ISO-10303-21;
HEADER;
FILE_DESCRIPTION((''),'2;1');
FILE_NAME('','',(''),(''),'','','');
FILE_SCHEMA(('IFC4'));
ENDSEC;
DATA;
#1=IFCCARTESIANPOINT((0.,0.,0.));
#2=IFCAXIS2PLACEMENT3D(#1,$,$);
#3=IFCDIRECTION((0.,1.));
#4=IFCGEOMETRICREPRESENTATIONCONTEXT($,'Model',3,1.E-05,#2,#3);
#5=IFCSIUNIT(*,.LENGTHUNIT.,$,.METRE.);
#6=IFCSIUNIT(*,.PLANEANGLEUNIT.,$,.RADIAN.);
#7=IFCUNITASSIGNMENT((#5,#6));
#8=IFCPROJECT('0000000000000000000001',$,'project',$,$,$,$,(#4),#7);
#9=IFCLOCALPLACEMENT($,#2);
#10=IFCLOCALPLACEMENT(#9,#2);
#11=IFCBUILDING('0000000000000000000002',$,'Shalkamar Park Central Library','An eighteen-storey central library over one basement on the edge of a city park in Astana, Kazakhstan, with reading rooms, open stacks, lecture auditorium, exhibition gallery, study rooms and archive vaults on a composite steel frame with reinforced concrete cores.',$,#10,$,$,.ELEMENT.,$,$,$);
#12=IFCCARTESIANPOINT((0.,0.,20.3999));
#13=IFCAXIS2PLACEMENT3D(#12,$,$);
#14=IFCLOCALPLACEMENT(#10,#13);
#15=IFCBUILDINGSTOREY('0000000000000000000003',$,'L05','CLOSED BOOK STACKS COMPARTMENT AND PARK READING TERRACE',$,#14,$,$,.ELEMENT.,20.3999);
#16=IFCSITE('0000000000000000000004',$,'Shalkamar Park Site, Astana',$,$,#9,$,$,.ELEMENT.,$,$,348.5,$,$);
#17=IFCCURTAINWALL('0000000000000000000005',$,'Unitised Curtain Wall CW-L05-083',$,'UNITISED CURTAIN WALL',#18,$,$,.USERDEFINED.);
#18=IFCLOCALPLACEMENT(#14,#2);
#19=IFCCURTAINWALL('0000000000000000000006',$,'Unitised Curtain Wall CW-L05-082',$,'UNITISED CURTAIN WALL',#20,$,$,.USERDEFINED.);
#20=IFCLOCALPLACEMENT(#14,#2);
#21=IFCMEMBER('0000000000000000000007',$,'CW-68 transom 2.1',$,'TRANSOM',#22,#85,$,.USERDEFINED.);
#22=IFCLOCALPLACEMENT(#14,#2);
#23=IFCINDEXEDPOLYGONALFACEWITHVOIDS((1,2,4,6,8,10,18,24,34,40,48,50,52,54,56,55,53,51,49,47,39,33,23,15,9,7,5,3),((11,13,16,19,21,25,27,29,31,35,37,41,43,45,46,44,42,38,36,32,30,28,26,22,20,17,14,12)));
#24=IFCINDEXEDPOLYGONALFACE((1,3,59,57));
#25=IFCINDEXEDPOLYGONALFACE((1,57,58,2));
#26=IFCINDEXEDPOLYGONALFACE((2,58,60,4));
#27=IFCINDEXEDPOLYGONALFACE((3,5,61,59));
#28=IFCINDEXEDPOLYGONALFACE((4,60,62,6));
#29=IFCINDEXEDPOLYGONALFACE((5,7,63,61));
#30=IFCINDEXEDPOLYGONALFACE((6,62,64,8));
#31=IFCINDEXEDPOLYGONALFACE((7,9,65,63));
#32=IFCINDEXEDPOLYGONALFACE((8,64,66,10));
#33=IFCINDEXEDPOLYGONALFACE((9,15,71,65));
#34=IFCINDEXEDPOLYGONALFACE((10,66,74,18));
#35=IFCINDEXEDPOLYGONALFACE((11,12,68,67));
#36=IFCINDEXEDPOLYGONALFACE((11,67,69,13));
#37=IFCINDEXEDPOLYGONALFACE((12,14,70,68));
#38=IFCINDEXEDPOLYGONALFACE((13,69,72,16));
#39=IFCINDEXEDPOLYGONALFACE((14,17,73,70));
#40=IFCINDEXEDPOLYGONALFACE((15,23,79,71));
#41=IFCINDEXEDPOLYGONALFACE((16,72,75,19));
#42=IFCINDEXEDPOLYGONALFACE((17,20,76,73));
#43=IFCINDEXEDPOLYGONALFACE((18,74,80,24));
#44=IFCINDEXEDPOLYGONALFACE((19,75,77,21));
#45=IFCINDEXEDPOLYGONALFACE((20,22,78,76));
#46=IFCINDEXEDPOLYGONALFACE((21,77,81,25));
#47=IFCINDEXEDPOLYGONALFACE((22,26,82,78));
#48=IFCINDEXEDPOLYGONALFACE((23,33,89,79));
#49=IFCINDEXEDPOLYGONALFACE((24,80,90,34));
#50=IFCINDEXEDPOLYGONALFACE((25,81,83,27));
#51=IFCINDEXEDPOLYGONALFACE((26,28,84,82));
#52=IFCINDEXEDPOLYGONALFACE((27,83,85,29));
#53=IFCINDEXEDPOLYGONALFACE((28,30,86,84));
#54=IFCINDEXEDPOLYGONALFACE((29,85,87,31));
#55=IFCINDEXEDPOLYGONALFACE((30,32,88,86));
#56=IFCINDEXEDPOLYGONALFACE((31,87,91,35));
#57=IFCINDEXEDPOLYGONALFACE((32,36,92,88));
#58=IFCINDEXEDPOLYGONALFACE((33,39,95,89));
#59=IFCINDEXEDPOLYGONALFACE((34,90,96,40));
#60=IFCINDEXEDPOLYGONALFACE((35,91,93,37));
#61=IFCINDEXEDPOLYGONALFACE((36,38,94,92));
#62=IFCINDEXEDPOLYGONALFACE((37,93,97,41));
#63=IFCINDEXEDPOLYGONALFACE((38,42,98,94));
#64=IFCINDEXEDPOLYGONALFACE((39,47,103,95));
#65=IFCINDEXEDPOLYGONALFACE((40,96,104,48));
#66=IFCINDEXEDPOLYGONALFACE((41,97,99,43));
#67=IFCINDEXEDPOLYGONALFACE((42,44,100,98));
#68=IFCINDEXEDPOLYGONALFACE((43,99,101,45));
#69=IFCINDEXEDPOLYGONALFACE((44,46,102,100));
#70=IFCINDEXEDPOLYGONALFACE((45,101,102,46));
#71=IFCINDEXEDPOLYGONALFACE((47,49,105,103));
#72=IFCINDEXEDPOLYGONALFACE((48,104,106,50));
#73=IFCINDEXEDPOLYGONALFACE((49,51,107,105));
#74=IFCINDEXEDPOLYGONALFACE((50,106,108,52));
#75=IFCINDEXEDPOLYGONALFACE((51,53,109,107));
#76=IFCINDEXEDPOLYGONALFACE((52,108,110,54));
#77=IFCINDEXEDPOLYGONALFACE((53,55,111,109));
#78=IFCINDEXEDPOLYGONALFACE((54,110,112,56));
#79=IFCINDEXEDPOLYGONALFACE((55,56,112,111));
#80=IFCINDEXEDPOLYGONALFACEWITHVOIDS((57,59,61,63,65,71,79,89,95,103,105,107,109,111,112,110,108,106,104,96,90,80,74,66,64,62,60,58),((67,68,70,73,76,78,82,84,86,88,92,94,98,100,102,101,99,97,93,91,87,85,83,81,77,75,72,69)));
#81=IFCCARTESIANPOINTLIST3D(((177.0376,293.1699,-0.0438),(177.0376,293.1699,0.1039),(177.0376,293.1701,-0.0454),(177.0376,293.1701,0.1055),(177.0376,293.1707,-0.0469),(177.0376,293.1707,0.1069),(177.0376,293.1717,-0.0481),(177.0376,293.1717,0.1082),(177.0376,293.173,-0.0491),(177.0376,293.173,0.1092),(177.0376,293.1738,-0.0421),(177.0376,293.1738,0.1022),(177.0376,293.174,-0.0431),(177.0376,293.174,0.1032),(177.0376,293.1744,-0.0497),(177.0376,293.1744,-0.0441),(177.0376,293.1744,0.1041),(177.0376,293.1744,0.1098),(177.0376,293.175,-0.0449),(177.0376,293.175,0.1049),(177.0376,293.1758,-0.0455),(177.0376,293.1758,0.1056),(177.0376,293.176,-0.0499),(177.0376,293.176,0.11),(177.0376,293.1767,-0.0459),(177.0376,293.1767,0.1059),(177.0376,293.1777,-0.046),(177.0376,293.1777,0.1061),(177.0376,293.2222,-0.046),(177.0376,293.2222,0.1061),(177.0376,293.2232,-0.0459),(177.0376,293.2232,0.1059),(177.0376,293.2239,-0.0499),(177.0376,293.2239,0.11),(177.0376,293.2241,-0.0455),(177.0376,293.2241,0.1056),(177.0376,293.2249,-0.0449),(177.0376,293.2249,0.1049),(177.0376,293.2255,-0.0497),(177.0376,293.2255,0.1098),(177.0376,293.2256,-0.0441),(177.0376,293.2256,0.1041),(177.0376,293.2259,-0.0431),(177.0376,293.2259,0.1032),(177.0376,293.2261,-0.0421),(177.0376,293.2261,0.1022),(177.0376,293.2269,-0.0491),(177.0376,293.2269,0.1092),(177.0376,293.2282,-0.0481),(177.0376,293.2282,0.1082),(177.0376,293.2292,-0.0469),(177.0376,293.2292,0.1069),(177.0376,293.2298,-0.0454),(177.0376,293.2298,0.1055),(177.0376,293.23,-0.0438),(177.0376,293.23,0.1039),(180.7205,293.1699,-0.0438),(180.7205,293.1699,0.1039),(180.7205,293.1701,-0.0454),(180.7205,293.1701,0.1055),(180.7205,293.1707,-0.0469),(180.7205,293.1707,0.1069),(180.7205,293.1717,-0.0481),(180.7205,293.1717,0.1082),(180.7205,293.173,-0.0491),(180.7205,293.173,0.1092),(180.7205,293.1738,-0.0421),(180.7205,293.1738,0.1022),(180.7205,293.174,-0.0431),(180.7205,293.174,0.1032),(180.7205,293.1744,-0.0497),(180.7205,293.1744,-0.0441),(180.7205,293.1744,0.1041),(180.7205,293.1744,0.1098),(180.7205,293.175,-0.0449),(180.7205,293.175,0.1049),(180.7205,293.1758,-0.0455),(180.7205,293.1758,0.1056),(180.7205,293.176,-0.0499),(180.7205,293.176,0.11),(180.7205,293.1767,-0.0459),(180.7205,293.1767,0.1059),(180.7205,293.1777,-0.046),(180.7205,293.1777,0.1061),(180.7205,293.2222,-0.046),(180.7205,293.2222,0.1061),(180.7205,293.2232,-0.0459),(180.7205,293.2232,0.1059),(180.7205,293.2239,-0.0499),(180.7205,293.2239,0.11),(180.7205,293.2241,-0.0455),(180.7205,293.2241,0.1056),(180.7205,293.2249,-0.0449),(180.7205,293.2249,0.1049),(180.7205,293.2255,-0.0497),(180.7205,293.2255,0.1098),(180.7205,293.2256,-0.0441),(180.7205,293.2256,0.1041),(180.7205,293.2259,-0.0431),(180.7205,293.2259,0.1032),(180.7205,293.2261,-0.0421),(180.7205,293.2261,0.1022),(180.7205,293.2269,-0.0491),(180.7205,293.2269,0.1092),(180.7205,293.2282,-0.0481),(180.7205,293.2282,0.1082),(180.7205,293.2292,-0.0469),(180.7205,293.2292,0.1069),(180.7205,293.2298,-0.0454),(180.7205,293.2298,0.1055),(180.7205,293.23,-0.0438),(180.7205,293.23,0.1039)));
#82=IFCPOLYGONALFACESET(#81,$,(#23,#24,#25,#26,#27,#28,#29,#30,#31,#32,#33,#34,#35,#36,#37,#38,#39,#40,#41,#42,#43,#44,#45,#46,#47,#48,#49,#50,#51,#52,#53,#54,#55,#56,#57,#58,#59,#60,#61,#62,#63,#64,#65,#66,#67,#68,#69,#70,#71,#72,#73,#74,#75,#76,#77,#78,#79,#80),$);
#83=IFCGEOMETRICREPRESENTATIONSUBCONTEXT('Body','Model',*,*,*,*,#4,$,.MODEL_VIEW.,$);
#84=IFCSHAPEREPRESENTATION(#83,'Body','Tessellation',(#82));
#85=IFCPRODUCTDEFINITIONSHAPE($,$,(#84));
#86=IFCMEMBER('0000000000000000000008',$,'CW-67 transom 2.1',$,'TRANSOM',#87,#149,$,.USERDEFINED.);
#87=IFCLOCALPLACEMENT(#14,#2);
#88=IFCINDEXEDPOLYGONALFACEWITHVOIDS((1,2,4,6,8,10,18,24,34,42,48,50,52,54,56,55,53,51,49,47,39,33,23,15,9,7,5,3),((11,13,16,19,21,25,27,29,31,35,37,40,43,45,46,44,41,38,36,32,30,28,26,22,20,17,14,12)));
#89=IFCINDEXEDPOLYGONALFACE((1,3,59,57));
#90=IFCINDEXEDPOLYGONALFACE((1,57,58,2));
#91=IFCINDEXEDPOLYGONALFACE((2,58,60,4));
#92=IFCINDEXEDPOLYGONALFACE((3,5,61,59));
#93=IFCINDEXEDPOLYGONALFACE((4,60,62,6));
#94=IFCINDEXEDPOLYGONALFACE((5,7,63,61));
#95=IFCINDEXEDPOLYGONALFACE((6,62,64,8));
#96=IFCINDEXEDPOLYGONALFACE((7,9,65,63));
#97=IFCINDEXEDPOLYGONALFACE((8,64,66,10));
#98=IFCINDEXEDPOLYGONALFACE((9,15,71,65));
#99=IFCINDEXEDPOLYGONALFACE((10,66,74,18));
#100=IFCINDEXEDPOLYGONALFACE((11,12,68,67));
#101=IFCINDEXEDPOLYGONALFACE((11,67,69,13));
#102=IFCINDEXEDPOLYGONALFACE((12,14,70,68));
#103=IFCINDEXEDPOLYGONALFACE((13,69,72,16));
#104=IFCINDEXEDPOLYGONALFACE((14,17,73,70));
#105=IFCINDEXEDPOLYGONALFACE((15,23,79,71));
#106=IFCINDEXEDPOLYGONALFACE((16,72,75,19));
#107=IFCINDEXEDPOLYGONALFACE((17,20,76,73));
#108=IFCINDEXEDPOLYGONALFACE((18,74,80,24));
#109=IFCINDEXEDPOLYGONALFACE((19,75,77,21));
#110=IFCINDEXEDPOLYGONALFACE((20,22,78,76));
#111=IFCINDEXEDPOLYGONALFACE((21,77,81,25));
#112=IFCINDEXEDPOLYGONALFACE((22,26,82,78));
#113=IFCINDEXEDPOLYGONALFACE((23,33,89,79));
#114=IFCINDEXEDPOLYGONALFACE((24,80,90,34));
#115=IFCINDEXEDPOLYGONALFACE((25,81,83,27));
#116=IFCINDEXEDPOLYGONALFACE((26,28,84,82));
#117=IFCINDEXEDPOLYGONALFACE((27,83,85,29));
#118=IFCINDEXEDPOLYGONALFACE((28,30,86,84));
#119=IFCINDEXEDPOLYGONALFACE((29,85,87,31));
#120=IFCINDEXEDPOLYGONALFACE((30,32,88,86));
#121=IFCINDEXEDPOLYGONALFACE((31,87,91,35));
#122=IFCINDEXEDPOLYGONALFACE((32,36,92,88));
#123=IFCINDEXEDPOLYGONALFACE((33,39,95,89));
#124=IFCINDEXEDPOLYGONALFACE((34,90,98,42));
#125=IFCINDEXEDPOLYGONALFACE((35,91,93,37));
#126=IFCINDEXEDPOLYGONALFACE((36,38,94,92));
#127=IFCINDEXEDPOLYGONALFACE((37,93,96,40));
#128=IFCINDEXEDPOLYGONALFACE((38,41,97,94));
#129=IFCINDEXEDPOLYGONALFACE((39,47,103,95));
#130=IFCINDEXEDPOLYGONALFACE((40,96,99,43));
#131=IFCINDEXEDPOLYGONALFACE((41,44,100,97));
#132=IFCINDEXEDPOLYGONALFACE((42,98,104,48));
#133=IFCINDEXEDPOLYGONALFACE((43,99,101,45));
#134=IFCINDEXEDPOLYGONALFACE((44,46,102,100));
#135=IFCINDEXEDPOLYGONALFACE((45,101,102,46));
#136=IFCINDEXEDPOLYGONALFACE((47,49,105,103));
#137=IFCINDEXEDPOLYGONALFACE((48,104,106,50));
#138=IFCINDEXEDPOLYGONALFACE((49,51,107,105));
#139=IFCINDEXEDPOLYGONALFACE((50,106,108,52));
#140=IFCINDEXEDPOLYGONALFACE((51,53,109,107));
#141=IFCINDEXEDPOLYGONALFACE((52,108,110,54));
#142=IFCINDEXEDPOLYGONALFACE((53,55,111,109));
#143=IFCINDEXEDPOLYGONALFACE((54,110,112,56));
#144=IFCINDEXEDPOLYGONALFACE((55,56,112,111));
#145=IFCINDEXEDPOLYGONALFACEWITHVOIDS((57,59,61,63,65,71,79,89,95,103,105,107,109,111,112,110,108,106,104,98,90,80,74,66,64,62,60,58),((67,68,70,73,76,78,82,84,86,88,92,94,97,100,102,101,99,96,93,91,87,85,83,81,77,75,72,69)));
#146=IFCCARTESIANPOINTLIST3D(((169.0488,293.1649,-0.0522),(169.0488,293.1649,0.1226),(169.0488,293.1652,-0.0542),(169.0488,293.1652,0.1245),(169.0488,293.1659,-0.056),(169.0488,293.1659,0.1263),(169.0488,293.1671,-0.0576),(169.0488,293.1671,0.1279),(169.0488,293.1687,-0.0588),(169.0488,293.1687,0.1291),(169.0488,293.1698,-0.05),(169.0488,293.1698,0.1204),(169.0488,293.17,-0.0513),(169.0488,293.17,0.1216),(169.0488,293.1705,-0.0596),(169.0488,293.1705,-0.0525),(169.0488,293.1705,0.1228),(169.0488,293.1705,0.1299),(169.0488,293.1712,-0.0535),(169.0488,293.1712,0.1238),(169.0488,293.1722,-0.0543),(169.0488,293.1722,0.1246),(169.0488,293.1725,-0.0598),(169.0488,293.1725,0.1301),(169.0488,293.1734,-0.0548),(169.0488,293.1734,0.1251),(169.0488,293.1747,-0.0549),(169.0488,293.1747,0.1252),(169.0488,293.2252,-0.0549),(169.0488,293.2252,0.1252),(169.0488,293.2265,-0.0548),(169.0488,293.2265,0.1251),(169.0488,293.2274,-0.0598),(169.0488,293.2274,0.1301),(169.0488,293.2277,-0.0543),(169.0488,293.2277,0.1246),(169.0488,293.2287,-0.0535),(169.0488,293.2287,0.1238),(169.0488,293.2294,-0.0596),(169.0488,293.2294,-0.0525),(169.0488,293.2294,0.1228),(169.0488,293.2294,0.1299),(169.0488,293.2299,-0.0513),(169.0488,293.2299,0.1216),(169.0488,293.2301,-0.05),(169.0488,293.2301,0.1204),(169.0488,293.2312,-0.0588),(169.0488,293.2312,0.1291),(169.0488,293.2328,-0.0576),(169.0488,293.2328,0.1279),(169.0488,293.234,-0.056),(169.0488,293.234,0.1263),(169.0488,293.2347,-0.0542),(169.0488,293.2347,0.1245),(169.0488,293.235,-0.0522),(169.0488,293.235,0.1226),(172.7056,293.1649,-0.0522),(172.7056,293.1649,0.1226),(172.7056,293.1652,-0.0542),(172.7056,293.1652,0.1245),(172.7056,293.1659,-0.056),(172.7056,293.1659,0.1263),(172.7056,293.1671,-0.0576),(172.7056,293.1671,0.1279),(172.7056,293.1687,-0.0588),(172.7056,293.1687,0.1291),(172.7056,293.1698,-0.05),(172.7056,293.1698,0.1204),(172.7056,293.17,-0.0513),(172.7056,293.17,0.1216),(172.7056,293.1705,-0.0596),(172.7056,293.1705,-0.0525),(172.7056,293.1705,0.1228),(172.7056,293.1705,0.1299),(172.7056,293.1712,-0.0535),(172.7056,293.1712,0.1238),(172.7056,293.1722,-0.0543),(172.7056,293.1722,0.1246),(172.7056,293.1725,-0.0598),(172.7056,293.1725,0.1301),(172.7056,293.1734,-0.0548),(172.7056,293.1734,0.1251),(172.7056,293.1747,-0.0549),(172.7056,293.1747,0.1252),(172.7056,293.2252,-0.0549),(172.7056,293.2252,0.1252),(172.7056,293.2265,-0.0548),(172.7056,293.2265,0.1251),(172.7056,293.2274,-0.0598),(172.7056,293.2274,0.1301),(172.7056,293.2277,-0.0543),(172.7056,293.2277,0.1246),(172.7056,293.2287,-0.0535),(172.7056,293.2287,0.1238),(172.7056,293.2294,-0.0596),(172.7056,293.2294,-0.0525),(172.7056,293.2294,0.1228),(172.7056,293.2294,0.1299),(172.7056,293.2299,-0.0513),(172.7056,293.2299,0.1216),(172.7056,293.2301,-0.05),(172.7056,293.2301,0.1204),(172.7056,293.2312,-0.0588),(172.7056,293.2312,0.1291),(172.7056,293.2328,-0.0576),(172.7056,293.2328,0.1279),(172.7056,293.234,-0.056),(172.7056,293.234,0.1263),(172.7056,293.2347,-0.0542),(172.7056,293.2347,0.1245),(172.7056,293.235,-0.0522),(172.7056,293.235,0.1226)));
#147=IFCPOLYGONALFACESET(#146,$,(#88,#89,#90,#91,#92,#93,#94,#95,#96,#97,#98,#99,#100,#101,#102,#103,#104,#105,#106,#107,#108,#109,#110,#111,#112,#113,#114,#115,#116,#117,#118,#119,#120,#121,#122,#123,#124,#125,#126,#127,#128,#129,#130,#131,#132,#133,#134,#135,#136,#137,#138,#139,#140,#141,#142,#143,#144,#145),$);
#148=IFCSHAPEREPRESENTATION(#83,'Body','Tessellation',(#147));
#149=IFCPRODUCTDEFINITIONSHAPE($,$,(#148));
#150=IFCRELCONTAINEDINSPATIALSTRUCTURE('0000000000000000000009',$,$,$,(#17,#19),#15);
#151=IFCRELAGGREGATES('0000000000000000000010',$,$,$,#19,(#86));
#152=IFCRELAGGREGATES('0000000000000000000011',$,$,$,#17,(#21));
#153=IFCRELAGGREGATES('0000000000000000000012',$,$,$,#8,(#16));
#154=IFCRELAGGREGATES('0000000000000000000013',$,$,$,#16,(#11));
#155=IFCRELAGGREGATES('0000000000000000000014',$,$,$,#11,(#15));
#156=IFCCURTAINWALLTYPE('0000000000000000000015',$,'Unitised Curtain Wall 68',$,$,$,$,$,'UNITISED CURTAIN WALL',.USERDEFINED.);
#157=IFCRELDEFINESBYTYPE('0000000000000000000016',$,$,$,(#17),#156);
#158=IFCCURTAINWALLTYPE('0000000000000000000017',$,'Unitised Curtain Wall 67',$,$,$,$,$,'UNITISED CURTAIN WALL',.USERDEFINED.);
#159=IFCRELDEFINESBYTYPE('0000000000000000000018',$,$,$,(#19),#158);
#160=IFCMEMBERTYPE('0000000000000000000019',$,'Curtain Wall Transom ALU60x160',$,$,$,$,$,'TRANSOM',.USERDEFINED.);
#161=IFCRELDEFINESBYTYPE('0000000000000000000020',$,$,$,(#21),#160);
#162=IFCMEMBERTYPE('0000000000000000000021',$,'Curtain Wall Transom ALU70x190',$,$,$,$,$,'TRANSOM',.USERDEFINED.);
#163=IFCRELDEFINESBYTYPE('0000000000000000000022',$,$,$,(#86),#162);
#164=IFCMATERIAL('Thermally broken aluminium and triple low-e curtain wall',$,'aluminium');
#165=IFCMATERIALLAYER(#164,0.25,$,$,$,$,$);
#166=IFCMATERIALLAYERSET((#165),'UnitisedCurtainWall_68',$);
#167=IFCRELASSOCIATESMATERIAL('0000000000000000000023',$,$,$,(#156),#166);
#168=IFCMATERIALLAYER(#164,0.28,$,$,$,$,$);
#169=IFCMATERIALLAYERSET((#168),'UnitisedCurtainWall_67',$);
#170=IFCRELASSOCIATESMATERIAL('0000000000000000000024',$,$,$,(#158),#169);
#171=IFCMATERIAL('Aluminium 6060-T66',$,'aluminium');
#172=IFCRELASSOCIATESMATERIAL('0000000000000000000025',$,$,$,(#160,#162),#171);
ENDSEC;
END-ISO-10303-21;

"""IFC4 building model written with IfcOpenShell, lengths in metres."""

from ifc_helpers import new_model, si_unit, direction, frame, origin, origin_2d, place, context, subcontext, project, spatial, hollow_rectangle, extrude, material, layer, layer_set, material_profile, profile_set, type_object, element, aggregate, save


model = new_model("IFC4")

# Units and contexts
model_context = context("Model", 3, precision=1e-05, world=origin(), true_north=direction((0.0, 1.0)))
body_context = subcontext(model_context, "Body", "Model", "MODEL_VIEW")
ifc_project = project(units=[si_unit("LENGTHUNIT", "METRE"), si_unit("PLANEANGLEUNIT", "RADIAN")], contexts=[model_context])

# Site, building, storey
site_placement = place(None, origin())
site = spatial("IfcSite", under=ifc_project, at=site_placement, Name="Shalkamar Park Site, Astana", CompositionType="ELEMENT", RefElevation=348.5)
building_placement = place(site_placement, origin())
building = spatial("IfcBuilding", under=site, at=building_placement, Name="Shalkamar Park Central Library", Description="An eighteen-storey central library over one basement on the edge of a city park in Astana, Kazakhstan, with reading rooms, open stacks, lecture auditorium, exhibition gallery, study rooms and archive vaults on a composite steel frame with reinforced concrete cores.", CompositionType="ELEMENT")
storey_placement = place(building_placement, frame((0.0, 0.0, 20.3999)))
storey = spatial("IfcBuildingStorey", under=building, at=storey_placement, Name="L05", Description="CLOSED BOOK STACKS COMPARTMENT AND PARK READING TERRACE", CompositionType="ELEMENT", Elevation=20.3999)

# Curtain walls
ifc_material_1 = material(Name="Thermally broken aluminium and triple low-e curtain wall", Category="aluminium")
ifc_layer_1 = layer(ifc_material_1, 0.25)
ifc_layer_set_1 = layer_set([ifc_layer_1], Name="UnitisedCurtainWall_68")
curtain_wall_type_1 = type_object("IfcCurtainWallType", Name="Unitised Curtain Wall 68", ElementType="UNITISED CURTAIN WALL", PredefinedType="USERDEFINED", material=ifc_layer_set_1)
curtain_wall_1_placement = place(storey_placement, origin())
curtain_wall_1 = element("IfcCurtainWall", 1, at=curtain_wall_1_placement, inside=storey, type_object=curtain_wall_type_1, Name="Unitised Curtain Wall CW-L05-083", ObjectType="UNITISED CURTAIN WALL", PredefinedType="USERDEFINED")
ifc_material_2 = material(Name="Aluminium 6060-T66", Category="aluminium")
ifc_layer_2 = layer(ifc_material_1, 0.28)
ifc_layer_set_2 = layer_set([ifc_layer_2], Name="UnitisedCurtainWall_67")
curtain_wall_type_2 = type_object("IfcCurtainWallType", Name="Unitised Curtain Wall 67", ElementType="UNITISED CURTAIN WALL", PredefinedType="USERDEFINED", material=ifc_layer_set_2)
curtain_wall_2_placement = place(storey_placement, origin())
curtain_wall_2 = element("IfcCurtainWall", 2, at=curtain_wall_2_placement, inside=storey, type_object=curtain_wall_type_2, Name="Unitised Curtain Wall CW-L05-082", ObjectType="UNITISED CURTAIN WALL", PredefinedType="USERDEFINED")

# Members
ifc_material_profile_1 = material_profile(ifc_material_2, hollow_rectangle(XDim=0.0601, YDim=0.1599, WallThickness=0.0039, InnerFilletRadius=0.0039, OuterFilletRadius=0.0061, at=origin_2d()), Name="ALU 60x160x4")
ifc_profile_set_1 = profile_set([ifc_material_profile_1], Name="Aluminium 6060-T66")
member_type_1 = type_object("IfcMemberType", Name="Curtain Wall Transom ALU60x160", ElementType="TRANSOM", PredefinedType="USERDEFINED", material=ifc_profile_set_1)
member_1_placement = place(storey_placement, frame((177.0376, 293.2, 0.03), z_axis=(1.0, 0.0, 0.0), x_axis=(0.0, 1.0, 0.0)))
member_1 = element("IfcMember", 3, at=member_1_placement, type_object=member_type_1, Name="CW-68 transom 2.1", ObjectType="TRANSOM", PredefinedType="USERDEFINED", context=body_context, shape_type="SweptSolid", body=[
    extrude(hollow_rectangle(XDim=0.0601, YDim=0.1599, WallThickness=0.0039, InnerFilletRadius=0.0039, OuterFilletRadius=0.0061, at=origin_2d()), origin(), (0.0, 0.0, 1.0), 3.6829),
])
ifc_material_profile_2 = material_profile(ifc_material_2, hollow_rectangle(XDim=0.0701, YDim=0.1899, WallThickness=0.0049, InnerFilletRadius=0.0049, OuterFilletRadius=0.0076, at=origin_2d()), Name="ALU 70x190x5")
ifc_profile_set_2 = profile_set([ifc_material_profile_2], Name="Aluminium 6060-T66")
member_type_2 = type_object("IfcMemberType", Name="Curtain Wall Transom ALU70x190", ElementType="TRANSOM", PredefinedType="USERDEFINED", material=ifc_profile_set_2)
member_2_placement = place(storey_placement, frame((169.0488, 293.2, 0.0352), z_axis=(1.0, 0.0, 0.0), x_axis=(0.0, 1.0, 0.0)))
member_2 = element("IfcMember", 4, at=member_2_placement, type_object=member_type_2, Name="CW-67 transom 2.1", ObjectType="TRANSOM", PredefinedType="USERDEFINED", context=body_context, shape_type="SweptSolid", body=[
    extrude(hollow_rectangle(XDim=0.0701, YDim=0.1899, WallThickness=0.0049, InnerFilletRadius=0.0049, OuterFilletRadius=0.0076, at=origin_2d()), origin(), (0.0, 0.0, 1.0), 3.6567),
])

aggregate(curtain_wall_2, [member_2])
aggregate(curtain_wall_1, [member_1])

save(model, "model.ifc")
